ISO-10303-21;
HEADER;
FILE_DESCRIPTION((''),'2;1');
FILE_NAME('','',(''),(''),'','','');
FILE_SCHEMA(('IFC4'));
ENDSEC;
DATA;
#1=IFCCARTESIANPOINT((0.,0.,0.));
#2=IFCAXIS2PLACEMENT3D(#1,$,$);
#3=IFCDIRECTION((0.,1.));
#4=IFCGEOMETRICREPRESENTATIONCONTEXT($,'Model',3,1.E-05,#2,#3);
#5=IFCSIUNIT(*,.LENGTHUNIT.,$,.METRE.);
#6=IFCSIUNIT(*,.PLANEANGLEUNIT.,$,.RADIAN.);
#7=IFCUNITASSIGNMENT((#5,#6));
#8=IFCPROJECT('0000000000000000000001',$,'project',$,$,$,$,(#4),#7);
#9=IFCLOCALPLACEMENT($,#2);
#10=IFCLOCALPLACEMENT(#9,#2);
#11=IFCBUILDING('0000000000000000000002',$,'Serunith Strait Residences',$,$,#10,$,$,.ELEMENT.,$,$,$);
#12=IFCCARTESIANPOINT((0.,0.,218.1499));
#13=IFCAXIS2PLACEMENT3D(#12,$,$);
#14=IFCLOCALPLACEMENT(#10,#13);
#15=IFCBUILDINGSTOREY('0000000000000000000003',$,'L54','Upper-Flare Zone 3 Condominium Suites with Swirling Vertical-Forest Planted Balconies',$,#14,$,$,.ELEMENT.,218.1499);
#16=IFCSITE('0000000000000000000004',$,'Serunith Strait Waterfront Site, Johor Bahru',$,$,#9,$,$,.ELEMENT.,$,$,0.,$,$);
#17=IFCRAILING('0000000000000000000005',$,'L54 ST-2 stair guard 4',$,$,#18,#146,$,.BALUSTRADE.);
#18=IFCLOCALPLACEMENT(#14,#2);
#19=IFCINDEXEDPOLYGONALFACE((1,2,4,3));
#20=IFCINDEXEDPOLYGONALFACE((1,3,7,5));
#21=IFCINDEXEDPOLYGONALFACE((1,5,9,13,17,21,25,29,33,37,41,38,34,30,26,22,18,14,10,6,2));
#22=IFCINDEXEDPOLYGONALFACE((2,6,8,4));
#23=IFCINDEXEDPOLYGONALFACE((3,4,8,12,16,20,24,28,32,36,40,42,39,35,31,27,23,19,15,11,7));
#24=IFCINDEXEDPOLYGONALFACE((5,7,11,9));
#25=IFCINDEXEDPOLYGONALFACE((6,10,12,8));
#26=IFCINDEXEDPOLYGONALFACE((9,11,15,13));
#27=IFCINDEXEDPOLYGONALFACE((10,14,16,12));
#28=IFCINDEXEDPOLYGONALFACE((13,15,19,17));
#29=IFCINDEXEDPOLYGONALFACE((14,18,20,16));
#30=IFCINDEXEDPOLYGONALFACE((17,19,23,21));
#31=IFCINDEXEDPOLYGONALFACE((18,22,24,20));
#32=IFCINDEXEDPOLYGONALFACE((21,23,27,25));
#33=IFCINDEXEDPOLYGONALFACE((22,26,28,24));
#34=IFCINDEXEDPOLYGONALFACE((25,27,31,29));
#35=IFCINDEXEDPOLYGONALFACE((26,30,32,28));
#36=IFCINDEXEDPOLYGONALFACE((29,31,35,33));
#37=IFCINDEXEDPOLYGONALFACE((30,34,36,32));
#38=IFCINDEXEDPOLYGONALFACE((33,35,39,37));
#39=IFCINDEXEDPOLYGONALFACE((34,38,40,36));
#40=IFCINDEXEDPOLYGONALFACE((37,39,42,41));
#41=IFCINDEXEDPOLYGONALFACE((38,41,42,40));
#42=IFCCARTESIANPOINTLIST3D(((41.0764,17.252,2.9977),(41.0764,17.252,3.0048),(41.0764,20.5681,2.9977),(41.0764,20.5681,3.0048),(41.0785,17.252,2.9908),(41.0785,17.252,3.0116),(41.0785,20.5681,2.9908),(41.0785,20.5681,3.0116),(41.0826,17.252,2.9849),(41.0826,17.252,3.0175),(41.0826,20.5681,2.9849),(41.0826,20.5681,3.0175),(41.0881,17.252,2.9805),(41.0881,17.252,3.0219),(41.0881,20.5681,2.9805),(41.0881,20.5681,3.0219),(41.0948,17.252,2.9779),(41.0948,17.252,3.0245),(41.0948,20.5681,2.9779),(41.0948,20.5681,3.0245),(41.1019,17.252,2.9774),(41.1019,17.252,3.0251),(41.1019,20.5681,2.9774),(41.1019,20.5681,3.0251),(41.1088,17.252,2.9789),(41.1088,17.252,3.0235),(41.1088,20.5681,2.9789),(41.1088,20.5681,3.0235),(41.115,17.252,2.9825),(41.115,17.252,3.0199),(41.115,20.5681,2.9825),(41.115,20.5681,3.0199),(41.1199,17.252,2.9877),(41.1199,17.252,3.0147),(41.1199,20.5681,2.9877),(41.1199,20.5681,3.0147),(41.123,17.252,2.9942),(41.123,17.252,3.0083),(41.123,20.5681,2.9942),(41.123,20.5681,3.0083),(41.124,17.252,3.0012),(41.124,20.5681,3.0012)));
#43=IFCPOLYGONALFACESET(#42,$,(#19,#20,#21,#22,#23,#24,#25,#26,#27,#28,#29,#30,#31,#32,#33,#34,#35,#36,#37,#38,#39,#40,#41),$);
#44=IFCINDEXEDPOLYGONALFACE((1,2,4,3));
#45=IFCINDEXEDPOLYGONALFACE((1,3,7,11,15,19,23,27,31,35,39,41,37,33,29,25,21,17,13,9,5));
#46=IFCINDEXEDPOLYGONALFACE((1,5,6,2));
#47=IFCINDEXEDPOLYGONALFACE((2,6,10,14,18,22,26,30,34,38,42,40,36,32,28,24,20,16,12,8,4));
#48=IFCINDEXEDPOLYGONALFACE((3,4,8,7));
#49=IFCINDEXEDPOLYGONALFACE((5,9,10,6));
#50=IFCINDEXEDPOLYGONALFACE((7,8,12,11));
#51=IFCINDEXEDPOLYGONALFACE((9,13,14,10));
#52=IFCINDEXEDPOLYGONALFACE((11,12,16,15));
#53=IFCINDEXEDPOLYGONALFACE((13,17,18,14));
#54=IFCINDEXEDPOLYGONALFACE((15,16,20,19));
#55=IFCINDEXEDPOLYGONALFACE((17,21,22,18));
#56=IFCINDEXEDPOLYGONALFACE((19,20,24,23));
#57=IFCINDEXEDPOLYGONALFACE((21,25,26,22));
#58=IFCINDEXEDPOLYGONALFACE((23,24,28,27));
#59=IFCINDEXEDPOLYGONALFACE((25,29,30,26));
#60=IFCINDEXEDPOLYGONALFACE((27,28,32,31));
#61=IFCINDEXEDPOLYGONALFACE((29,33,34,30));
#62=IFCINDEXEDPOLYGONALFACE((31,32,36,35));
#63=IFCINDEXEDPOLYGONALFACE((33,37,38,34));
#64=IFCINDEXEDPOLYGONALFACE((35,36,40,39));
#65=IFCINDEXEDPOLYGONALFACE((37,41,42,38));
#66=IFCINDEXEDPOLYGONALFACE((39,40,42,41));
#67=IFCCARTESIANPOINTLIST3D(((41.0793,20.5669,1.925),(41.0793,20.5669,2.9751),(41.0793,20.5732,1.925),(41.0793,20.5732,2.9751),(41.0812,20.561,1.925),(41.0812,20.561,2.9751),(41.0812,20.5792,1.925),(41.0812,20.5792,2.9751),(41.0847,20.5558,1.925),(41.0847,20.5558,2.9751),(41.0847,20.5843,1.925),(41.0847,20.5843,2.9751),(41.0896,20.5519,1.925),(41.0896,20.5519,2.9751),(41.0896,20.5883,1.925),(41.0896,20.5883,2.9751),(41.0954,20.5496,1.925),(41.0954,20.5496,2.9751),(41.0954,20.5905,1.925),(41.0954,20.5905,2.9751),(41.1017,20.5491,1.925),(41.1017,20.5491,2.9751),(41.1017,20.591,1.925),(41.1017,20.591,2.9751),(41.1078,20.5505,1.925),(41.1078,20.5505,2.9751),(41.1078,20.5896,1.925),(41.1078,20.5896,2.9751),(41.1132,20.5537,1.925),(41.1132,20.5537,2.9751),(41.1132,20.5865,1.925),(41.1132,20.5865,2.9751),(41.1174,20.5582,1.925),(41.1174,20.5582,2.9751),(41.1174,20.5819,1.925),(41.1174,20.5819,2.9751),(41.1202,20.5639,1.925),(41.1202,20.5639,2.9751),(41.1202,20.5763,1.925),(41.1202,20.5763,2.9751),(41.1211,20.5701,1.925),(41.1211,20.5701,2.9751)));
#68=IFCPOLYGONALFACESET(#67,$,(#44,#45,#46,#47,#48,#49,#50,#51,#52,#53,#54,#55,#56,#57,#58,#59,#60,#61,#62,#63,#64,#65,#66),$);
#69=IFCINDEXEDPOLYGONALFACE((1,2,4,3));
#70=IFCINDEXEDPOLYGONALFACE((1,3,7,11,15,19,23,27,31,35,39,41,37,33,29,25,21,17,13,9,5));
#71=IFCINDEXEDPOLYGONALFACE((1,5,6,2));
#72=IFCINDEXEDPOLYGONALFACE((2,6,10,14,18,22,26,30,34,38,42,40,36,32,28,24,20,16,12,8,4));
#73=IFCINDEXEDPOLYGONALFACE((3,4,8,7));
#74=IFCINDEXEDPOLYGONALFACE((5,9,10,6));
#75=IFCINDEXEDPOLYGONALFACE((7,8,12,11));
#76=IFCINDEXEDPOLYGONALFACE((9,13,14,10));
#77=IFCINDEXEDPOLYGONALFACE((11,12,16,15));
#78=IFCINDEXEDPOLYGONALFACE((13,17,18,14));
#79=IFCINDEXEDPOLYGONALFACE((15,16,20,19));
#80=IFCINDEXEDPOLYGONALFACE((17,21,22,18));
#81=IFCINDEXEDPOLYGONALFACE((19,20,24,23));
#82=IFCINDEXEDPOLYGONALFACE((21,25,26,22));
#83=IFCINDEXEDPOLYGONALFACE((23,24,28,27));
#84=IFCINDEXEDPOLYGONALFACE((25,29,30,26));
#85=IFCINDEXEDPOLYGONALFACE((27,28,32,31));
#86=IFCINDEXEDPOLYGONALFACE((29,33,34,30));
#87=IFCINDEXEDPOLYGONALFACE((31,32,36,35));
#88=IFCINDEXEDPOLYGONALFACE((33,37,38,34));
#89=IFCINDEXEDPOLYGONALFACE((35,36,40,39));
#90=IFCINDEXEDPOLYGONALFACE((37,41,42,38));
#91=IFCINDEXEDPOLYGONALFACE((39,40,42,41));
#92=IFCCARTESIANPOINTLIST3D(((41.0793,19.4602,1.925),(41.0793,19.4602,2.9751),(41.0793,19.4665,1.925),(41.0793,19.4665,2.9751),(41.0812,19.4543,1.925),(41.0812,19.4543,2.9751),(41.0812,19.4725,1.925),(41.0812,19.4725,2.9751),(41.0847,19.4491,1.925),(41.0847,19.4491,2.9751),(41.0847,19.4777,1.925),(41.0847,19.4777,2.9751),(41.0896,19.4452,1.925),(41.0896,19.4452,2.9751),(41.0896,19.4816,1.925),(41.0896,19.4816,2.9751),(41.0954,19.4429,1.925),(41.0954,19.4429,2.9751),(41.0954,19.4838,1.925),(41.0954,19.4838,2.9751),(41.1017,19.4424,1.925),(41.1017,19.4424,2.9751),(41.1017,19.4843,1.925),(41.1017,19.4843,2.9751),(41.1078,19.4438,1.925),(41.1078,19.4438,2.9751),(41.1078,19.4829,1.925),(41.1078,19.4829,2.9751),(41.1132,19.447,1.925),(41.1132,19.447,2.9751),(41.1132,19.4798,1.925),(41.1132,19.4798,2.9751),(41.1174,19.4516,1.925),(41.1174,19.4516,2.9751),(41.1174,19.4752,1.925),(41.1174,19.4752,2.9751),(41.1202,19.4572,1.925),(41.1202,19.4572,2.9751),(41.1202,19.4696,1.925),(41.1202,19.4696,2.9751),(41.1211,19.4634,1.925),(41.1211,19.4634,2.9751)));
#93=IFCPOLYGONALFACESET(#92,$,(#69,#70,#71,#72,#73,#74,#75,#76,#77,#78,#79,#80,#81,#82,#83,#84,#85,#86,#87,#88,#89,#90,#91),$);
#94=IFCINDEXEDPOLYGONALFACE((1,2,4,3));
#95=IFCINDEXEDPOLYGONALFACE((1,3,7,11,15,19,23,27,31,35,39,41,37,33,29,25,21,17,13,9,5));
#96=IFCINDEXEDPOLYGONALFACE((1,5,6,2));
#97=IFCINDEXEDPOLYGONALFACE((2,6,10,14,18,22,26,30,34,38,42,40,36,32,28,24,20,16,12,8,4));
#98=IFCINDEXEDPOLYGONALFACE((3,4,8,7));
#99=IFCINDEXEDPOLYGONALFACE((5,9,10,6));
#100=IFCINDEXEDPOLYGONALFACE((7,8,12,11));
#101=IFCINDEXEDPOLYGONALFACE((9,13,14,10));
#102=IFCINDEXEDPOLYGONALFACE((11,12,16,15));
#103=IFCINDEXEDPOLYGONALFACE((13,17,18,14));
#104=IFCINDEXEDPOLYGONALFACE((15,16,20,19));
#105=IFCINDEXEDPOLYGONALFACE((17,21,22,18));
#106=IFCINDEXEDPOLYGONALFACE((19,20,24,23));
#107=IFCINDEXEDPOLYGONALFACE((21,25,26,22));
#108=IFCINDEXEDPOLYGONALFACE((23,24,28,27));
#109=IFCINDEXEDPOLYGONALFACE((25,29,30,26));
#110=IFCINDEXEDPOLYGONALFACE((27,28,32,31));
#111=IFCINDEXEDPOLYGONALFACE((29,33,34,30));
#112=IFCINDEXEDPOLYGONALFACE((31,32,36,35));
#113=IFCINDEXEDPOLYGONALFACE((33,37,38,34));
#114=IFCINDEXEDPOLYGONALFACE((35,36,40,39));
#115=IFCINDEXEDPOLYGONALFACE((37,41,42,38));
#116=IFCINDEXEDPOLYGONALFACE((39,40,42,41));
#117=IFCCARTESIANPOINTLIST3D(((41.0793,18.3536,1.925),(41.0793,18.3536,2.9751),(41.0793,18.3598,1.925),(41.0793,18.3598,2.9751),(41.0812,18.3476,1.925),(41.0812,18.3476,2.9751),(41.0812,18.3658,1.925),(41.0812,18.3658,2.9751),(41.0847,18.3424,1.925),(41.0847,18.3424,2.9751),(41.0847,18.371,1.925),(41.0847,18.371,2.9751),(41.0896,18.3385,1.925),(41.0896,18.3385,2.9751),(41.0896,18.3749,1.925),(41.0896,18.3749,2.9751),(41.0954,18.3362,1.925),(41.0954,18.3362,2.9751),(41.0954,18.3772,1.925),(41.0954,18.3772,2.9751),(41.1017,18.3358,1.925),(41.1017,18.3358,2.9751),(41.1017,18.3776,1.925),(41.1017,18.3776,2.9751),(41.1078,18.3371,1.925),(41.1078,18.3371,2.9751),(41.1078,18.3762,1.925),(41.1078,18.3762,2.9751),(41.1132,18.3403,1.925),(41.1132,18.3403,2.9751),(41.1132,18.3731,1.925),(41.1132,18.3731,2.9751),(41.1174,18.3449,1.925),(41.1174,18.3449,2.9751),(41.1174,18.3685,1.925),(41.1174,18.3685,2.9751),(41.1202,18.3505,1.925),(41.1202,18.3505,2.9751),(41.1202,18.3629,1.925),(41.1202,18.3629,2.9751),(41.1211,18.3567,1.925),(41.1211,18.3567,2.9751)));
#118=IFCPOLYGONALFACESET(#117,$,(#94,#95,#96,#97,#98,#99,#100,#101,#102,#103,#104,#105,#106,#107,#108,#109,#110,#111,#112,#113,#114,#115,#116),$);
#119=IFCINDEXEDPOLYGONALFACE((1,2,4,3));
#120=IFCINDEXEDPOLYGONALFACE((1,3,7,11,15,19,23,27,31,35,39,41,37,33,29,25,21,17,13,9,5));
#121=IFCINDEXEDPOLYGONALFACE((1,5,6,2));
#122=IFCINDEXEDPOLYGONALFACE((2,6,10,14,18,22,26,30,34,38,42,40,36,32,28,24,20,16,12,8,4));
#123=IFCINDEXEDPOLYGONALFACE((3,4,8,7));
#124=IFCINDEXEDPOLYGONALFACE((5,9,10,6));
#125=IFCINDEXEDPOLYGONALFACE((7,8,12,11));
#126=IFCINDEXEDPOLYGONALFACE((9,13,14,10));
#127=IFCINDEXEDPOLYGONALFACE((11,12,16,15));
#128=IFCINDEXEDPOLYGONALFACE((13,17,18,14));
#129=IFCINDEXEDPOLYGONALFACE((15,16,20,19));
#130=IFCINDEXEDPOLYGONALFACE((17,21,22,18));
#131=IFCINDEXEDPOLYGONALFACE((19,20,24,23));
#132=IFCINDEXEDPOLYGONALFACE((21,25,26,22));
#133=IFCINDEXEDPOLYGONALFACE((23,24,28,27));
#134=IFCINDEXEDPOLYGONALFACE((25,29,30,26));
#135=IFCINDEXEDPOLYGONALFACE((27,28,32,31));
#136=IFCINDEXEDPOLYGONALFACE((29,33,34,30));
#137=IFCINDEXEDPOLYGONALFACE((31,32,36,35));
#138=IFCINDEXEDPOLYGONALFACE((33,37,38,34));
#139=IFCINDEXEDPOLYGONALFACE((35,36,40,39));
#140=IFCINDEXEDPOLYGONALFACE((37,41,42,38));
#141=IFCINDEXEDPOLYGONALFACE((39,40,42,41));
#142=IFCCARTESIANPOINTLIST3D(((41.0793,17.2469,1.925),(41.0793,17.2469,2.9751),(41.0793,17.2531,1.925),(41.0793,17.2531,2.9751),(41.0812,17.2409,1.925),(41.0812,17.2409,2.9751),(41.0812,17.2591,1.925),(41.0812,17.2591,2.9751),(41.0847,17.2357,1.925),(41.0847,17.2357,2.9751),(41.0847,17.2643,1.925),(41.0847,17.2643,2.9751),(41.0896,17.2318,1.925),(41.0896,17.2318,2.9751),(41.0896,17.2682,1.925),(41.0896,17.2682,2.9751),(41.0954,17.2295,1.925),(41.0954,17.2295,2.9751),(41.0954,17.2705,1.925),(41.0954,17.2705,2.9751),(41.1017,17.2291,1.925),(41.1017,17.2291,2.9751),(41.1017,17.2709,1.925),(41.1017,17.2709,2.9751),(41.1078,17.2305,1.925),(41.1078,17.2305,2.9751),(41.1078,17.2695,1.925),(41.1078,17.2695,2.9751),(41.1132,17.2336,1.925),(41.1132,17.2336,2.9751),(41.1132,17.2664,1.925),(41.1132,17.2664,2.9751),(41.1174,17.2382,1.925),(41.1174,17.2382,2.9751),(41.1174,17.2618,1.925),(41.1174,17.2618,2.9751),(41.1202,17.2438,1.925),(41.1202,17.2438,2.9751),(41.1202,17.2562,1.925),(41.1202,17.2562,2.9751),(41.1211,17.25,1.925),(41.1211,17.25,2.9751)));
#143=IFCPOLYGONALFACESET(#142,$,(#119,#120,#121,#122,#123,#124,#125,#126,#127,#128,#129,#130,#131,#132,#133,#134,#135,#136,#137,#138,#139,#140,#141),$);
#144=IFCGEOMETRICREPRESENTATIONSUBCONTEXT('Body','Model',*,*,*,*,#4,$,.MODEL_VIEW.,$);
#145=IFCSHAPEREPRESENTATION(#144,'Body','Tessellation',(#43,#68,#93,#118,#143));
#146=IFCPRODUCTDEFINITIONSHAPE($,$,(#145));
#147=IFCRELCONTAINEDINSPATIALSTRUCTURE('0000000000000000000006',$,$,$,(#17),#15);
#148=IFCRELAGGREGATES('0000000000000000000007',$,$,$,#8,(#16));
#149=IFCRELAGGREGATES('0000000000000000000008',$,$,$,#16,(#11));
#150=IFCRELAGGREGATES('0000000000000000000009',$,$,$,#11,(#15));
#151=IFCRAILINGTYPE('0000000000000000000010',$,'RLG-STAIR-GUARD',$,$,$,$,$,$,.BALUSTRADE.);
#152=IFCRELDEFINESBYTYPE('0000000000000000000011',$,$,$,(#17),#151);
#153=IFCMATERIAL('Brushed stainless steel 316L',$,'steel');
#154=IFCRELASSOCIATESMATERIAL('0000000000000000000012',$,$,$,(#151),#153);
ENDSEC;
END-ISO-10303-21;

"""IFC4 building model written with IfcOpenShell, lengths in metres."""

from ifc_helpers import new_model, si_unit, direction, frame, origin, origin_2d, place, context, subcontext, project, spatial, circle, extrude, material, type_object, element, save


model = new_model("IFC4")

# Units and contexts
model_context = context("Model", 3, precision=1e-05, world=origin(), true_north=direction((0.0, 1.0)))
body_context = subcontext(model_context, "Body", "Model", "MODEL_VIEW")
ifc_project = project(units=[si_unit("LENGTHUNIT", "METRE"), si_unit("PLANEANGLEUNIT", "RADIAN")], contexts=[model_context])

# Site, building, storey
site_placement = place(None, origin())
site = spatial("IfcSite", under=ifc_project, at=site_placement, Name="Serunith Strait Waterfront Site, Johor Bahru", CompositionType="ELEMENT", RefElevation=0.0)
building_placement = place(site_placement, origin())
building = spatial("IfcBuilding", under=site, at=building_placement, Name="Serunith Strait Residences", CompositionType="ELEMENT")
storey_placement = place(building_placement, frame((0.0, 0.0, 218.1499)))
storey = spatial("IfcBuildingStorey", under=building, at=storey_placement, Name="L54", Description="Upper-Flare Zone 3 Condominium Suites with Swirling Vertical-Forest Planted Balconies", CompositionType="ELEMENT", Elevation=218.1499)

# Railing
ifc_material_1 = material(Name="Brushed stainless steel 316L", Category="steel")
railing_type_1 = type_object("IfcRailingType", Name="RLG-STAIR-GUARD", PredefinedType="BALUSTRADE", material=ifc_material_1)
for number, where, name in (
    (1, (41.1001, 20.5701, 1.925), "L54 ST-2 stair guard 4"),
):
    element("IfcRailing", number, at=place(storey_placement, frame(where)), inside=storey, type_object=railing_type_1, Name=name, PredefinedType="BALUSTRADE", context=body_context, shape_type="SweptSolid", body=[
        extrude(circle(Radius=0.0239, at=origin_2d()), frame((0.0, -0.002, 1.0762), z_axis=(0.0, -1.0, 0.0), x_axis=(1.0, 0.0, 0.0)), (0.0, 0.0, 1.0), 3.3162),
        extrude(circle(Radius=0.021, at=origin_2d()), origin(), (0.0, 0.0, 1.0), 1.05),
        extrude(circle(Radius=0.021, at=origin_2d()), frame((0.0, -1.1067, 0.0)), (0.0, 0.0, 1.0), 1.05),
        extrude(circle(Radius=0.021, at=origin_2d()), frame((0.0, -2.2134, 0.0)), (0.0, 0.0, 1.0), 1.05),
        extrude(circle(Radius=0.021, at=origin_2d()), frame((0.0, -3.3201, 0.0)), (0.0, 0.0, 1.0), 1.05),
    ])

save(model, "model.ifc")
